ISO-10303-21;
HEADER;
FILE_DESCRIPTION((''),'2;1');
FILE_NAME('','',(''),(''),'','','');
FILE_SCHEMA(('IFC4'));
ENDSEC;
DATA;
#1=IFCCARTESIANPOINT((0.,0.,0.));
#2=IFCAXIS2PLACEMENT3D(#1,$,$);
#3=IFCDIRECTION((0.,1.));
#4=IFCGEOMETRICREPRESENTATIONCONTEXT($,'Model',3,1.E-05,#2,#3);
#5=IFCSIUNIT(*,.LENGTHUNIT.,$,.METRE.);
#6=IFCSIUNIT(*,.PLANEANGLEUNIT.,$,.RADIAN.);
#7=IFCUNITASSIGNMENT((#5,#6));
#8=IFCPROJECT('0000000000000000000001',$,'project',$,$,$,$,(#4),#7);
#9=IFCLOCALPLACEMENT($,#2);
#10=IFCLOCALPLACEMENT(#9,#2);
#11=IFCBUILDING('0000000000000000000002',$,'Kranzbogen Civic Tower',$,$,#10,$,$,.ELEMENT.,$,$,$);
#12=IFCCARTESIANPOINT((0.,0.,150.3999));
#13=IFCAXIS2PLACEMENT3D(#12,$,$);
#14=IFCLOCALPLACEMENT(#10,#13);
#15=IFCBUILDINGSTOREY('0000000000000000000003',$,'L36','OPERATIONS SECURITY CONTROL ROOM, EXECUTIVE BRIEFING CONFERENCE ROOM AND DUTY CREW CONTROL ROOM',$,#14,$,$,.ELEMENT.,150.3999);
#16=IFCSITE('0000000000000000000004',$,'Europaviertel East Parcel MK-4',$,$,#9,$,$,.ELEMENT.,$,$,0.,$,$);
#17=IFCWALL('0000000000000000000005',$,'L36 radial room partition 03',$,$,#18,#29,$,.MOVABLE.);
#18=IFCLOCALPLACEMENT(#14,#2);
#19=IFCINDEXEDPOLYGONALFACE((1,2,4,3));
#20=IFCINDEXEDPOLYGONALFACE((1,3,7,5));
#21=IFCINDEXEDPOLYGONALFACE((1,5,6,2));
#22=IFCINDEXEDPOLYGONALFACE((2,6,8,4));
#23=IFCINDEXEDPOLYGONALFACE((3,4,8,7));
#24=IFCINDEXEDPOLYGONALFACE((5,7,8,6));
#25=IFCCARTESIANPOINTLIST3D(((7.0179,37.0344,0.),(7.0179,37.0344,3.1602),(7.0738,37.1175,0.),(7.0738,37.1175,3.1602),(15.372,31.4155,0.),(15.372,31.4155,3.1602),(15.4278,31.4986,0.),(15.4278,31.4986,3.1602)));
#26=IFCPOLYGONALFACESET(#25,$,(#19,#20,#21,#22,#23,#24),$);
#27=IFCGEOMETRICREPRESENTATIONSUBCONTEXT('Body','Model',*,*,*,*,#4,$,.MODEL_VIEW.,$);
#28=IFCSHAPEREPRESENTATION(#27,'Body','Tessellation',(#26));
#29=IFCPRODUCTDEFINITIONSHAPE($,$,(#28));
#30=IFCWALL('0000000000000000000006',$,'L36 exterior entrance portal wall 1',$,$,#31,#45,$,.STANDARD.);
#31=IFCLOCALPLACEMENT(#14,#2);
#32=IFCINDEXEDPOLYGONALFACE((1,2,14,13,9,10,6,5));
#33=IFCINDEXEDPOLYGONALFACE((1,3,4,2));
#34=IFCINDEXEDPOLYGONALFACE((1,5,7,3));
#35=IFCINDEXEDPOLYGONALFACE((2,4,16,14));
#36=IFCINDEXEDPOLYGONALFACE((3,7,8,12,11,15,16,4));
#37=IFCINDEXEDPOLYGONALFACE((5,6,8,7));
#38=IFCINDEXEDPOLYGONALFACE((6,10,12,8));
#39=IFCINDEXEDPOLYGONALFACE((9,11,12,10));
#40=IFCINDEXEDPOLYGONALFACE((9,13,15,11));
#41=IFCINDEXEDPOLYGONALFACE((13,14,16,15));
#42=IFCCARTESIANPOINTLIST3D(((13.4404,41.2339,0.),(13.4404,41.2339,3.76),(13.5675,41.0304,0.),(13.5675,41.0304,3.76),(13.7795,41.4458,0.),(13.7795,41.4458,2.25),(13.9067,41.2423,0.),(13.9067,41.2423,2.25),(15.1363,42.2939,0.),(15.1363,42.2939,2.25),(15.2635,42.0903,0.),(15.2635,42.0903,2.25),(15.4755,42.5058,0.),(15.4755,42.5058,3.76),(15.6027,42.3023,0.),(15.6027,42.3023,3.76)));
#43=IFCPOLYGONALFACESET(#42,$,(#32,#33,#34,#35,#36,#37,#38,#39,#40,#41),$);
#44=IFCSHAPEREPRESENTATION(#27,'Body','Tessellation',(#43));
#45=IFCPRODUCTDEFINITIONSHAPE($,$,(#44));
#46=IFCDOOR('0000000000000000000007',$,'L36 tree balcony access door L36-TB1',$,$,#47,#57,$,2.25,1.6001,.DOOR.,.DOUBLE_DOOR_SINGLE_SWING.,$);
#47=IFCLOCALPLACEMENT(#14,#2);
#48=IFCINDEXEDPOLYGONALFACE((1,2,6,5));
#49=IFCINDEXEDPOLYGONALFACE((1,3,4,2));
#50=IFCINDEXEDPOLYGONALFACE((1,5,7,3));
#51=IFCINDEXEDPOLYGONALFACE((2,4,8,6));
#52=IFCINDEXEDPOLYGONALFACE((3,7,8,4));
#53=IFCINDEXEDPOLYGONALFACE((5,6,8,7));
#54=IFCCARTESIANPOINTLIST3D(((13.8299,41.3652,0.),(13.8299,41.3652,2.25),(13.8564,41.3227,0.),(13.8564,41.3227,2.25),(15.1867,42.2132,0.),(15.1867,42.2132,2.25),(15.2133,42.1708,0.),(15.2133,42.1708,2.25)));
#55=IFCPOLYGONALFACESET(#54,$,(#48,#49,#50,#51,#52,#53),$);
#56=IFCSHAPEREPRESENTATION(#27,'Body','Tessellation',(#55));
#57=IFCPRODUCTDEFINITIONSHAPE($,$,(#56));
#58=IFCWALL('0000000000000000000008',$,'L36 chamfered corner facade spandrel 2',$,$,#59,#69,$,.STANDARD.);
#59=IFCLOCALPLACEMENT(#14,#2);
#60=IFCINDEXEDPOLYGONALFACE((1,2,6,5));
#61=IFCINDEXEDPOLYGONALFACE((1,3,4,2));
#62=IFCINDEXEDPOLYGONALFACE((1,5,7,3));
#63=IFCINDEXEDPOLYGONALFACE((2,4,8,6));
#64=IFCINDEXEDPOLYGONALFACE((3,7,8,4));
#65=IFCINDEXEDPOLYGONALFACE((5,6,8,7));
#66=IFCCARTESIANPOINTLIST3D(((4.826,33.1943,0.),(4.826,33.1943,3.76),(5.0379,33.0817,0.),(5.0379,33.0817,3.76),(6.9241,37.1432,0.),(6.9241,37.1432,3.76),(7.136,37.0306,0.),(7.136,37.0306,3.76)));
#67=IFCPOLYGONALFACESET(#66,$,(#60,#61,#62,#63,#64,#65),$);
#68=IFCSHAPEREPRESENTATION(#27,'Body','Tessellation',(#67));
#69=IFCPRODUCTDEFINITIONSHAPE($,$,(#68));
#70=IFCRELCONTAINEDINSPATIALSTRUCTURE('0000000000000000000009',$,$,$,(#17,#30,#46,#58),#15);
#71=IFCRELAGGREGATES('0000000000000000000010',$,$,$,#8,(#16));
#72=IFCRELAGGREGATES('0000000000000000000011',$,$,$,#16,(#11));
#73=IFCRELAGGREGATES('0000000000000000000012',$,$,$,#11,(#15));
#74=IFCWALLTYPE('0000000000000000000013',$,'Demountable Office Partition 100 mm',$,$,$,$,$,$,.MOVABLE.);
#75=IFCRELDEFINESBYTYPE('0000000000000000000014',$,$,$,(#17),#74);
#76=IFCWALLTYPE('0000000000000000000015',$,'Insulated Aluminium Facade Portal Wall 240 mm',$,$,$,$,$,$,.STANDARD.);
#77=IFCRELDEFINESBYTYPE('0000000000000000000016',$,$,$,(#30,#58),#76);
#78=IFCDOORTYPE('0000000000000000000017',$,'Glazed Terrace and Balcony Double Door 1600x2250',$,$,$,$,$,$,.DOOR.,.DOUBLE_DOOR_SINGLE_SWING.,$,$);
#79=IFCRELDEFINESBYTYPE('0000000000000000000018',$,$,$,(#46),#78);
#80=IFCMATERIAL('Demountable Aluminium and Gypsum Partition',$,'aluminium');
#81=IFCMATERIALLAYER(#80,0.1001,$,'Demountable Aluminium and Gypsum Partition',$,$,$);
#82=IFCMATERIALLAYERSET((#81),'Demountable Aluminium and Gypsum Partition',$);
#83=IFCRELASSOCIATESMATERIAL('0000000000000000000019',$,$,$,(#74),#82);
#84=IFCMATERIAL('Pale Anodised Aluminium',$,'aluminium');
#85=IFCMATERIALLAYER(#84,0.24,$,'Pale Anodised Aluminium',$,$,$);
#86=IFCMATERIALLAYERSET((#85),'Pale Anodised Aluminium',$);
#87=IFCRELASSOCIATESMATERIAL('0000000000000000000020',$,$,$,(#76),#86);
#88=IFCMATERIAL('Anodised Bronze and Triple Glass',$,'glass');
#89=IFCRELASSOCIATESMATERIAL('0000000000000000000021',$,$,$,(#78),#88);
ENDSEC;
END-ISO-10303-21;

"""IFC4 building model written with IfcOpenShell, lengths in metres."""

from ifc_helpers import new_model, si_unit, direction, frame, frame_2d, origin, place, context, subcontext, project, spatial, rectangle, extrude, material, layer, layer_set, type_object, element, fill, save


model = new_model("IFC4")

# Units and contexts
model_context = context("Model", 3, precision=1e-05, world=origin(), true_north=direction((0.0, 1.0)))
body_context = subcontext(model_context, "Body", "Model", "MODEL_VIEW")
ifc_project = project(units=[si_unit("LENGTHUNIT", "METRE"), si_unit("PLANEANGLEUNIT", "RADIAN")], contexts=[model_context])

# Site, building, storey
site_placement = place(None, origin())
site = spatial("IfcSite", under=ifc_project, at=site_placement, Name="Europaviertel East Parcel MK-4", CompositionType="ELEMENT", RefElevation=0.0)
building_placement = place(site_placement, origin())
building = spatial("IfcBuilding", under=site, at=building_placement, Name="Kranzbogen Civic Tower", CompositionType="ELEMENT")
storey_placement = place(building_placement, frame((0.0, 0.0, 150.3999)))
storey = spatial("IfcBuildingStorey", under=building, at=storey_placement, Name="L36", Description="OPERATIONS SECURITY CONTROL ROOM, EXECUTIVE BRIEFING CONFERENCE ROOM AND DUTY CREW CONTROL ROOM", CompositionType="ELEMENT", Elevation=150.3999)

# Shared definitions
ifc_material_1 = material(Name="Pale Anodised Aluminium", Category="aluminium")

# Wall
ifc_material_2 = material(Name="Demountable Aluminium and Gypsum Partition", Category="aluminium")
ifc_layer_1 = layer(ifc_material_2, 0.1001, Name="Demountable Aluminium and Gypsum Partition")
ifc_layer_set_1 = layer_set([ifc_layer_1], Name="Demountable Aluminium and Gypsum Partition")
wall_type_1 = type_object("IfcWallType", Name="Demountable Office Partition 100 mm", PredefinedType="MOVABLE", material=ifc_layer_set_1)
wall_1_placement = place(storey_placement, frame((15.3999, 31.457, 0.0), z_axis=(0.0, 0.0, 1.0), x_axis=(-0.829771, 0.558104, 0.0)))
element("IfcWall", 1, at=wall_1_placement, inside=storey, type_object=wall_type_1, Name="L36 radial room partition 03", PredefinedType="MOVABLE", context=body_context, shape_type="SweptSolid", body=[
    extrude(rectangle(XDim=10.0679, YDim=0.1001, at=frame_2d((5.0339, 0.0))), origin(), (0.0, 0.0, 1.0), 3.1602),
])

# Wall, opening, door
ifc_layer_2 = layer(ifc_material_1, 0.24, Name="Pale Anodised Aluminium")
ifc_layer_set_2 = layer_set([ifc_layer_2], Name="Pale Anodised Aluminium")
wall_type_2 = type_object("IfcWallType", Name="Insulated Aluminium Facade Portal Wall 240 mm", PredefinedType="STANDARD", material=ifc_layer_set_2)
wall_2_placement = place(storey_placement, frame((15.5391, 42.4041, 0.0), z_axis=(0.0, 0.0, 1.0), x_axis=(-0.847998, -0.529999, 0.0)))
wall_2 = element("IfcWall", 2, at=wall_2_placement, inside=storey, type_object=wall_type_2, Name="L36 exterior entrance portal wall 1", PredefinedType="STANDARD", context=body_context, shape_type="SweptSolid", body=[
    extrude(rectangle(XDim=2.3999, YDim=0.24, at=frame_2d((1.2, 0.0))), origin(), (0.0, 0.0, 1.0), 3.76),
])
opening_1_placement = place(wall_2_placement, frame((0.3999, 0.0, 0.0)))
opening_1 = element("IfcOpeningElement", 3, at=opening_1_placement, cuts=wall_2, PredefinedType="OPENING", context=body_context, shape_type="SweptSolid", body=[
    extrude(rectangle(XDim=1.6001, YDim=2.25, at=frame_2d((0.8, 1.125))), frame((0.0, 0.1299, 0.0), z_axis=(0.0, -1.0, 0.0), x_axis=(1.0, 0.0, 0.0)), (0.0, 0.0, 1.0), 0.26),
])
ifc_material_3 = material(Name="Anodised Bronze and Triple Glass", Category="glass")
door_type_1 = type_object("IfcDoorType", Name="Glazed Terrace and Balcony Double Door 1600x2250", OperationType="DOUBLE_DOOR_SINGLE_SWING", PredefinedType="DOOR", material=ifc_material_3)
door_1_placement = place(opening_1_placement, frame((1.6001, 0.0, 0.0), z_axis=(0.0, 0.0, 1.0), x_axis=(-1.0, 0.0, 0.0)))
door_1 = element("IfcDoor", 4, at=door_1_placement, inside=storey, type_object=door_type_1, Name="L36 tree balcony access door L36-TB1", OperationType="DOUBLE_DOOR_SINGLE_SWING", OverallHeight=2.25, OverallWidth=1.6001, PredefinedType="DOOR", context=body_context, shape_type="SweptSolid", body=[
    extrude(rectangle(XDim=1.6001, YDim=2.25, at=frame_2d((0.8, 1.125))), frame((0.0, 0.0249, 0.0), z_axis=(0.0, -1.0, 0.0), x_axis=(1.0, 0.0, 0.0)), (0.0, 0.0, 1.0), 0.05),
])
fill(opening_1, door_1)

# Wall
wall_3_placement = place(storey_placement, frame((7.03, 37.0869, 0.0), z_axis=(0.0, 0.0, 1.0), x_axis=(-0.469199, -0.883092, 0.0)))
element("IfcWall", 5, at=wall_3_placement, inside=storey, type_object=wall_type_2, Name="L36 chamfered corner facade spandrel 2", PredefinedType="STANDARD", context=body_context, shape_type="SweptSolid", body=[
    extrude(rectangle(XDim=4.4717, YDim=0.24, at=frame_2d((2.2358, 0.0))), origin(), (0.0, 0.0, 1.0), 3.76),
])

save(model, "model.ifc")
